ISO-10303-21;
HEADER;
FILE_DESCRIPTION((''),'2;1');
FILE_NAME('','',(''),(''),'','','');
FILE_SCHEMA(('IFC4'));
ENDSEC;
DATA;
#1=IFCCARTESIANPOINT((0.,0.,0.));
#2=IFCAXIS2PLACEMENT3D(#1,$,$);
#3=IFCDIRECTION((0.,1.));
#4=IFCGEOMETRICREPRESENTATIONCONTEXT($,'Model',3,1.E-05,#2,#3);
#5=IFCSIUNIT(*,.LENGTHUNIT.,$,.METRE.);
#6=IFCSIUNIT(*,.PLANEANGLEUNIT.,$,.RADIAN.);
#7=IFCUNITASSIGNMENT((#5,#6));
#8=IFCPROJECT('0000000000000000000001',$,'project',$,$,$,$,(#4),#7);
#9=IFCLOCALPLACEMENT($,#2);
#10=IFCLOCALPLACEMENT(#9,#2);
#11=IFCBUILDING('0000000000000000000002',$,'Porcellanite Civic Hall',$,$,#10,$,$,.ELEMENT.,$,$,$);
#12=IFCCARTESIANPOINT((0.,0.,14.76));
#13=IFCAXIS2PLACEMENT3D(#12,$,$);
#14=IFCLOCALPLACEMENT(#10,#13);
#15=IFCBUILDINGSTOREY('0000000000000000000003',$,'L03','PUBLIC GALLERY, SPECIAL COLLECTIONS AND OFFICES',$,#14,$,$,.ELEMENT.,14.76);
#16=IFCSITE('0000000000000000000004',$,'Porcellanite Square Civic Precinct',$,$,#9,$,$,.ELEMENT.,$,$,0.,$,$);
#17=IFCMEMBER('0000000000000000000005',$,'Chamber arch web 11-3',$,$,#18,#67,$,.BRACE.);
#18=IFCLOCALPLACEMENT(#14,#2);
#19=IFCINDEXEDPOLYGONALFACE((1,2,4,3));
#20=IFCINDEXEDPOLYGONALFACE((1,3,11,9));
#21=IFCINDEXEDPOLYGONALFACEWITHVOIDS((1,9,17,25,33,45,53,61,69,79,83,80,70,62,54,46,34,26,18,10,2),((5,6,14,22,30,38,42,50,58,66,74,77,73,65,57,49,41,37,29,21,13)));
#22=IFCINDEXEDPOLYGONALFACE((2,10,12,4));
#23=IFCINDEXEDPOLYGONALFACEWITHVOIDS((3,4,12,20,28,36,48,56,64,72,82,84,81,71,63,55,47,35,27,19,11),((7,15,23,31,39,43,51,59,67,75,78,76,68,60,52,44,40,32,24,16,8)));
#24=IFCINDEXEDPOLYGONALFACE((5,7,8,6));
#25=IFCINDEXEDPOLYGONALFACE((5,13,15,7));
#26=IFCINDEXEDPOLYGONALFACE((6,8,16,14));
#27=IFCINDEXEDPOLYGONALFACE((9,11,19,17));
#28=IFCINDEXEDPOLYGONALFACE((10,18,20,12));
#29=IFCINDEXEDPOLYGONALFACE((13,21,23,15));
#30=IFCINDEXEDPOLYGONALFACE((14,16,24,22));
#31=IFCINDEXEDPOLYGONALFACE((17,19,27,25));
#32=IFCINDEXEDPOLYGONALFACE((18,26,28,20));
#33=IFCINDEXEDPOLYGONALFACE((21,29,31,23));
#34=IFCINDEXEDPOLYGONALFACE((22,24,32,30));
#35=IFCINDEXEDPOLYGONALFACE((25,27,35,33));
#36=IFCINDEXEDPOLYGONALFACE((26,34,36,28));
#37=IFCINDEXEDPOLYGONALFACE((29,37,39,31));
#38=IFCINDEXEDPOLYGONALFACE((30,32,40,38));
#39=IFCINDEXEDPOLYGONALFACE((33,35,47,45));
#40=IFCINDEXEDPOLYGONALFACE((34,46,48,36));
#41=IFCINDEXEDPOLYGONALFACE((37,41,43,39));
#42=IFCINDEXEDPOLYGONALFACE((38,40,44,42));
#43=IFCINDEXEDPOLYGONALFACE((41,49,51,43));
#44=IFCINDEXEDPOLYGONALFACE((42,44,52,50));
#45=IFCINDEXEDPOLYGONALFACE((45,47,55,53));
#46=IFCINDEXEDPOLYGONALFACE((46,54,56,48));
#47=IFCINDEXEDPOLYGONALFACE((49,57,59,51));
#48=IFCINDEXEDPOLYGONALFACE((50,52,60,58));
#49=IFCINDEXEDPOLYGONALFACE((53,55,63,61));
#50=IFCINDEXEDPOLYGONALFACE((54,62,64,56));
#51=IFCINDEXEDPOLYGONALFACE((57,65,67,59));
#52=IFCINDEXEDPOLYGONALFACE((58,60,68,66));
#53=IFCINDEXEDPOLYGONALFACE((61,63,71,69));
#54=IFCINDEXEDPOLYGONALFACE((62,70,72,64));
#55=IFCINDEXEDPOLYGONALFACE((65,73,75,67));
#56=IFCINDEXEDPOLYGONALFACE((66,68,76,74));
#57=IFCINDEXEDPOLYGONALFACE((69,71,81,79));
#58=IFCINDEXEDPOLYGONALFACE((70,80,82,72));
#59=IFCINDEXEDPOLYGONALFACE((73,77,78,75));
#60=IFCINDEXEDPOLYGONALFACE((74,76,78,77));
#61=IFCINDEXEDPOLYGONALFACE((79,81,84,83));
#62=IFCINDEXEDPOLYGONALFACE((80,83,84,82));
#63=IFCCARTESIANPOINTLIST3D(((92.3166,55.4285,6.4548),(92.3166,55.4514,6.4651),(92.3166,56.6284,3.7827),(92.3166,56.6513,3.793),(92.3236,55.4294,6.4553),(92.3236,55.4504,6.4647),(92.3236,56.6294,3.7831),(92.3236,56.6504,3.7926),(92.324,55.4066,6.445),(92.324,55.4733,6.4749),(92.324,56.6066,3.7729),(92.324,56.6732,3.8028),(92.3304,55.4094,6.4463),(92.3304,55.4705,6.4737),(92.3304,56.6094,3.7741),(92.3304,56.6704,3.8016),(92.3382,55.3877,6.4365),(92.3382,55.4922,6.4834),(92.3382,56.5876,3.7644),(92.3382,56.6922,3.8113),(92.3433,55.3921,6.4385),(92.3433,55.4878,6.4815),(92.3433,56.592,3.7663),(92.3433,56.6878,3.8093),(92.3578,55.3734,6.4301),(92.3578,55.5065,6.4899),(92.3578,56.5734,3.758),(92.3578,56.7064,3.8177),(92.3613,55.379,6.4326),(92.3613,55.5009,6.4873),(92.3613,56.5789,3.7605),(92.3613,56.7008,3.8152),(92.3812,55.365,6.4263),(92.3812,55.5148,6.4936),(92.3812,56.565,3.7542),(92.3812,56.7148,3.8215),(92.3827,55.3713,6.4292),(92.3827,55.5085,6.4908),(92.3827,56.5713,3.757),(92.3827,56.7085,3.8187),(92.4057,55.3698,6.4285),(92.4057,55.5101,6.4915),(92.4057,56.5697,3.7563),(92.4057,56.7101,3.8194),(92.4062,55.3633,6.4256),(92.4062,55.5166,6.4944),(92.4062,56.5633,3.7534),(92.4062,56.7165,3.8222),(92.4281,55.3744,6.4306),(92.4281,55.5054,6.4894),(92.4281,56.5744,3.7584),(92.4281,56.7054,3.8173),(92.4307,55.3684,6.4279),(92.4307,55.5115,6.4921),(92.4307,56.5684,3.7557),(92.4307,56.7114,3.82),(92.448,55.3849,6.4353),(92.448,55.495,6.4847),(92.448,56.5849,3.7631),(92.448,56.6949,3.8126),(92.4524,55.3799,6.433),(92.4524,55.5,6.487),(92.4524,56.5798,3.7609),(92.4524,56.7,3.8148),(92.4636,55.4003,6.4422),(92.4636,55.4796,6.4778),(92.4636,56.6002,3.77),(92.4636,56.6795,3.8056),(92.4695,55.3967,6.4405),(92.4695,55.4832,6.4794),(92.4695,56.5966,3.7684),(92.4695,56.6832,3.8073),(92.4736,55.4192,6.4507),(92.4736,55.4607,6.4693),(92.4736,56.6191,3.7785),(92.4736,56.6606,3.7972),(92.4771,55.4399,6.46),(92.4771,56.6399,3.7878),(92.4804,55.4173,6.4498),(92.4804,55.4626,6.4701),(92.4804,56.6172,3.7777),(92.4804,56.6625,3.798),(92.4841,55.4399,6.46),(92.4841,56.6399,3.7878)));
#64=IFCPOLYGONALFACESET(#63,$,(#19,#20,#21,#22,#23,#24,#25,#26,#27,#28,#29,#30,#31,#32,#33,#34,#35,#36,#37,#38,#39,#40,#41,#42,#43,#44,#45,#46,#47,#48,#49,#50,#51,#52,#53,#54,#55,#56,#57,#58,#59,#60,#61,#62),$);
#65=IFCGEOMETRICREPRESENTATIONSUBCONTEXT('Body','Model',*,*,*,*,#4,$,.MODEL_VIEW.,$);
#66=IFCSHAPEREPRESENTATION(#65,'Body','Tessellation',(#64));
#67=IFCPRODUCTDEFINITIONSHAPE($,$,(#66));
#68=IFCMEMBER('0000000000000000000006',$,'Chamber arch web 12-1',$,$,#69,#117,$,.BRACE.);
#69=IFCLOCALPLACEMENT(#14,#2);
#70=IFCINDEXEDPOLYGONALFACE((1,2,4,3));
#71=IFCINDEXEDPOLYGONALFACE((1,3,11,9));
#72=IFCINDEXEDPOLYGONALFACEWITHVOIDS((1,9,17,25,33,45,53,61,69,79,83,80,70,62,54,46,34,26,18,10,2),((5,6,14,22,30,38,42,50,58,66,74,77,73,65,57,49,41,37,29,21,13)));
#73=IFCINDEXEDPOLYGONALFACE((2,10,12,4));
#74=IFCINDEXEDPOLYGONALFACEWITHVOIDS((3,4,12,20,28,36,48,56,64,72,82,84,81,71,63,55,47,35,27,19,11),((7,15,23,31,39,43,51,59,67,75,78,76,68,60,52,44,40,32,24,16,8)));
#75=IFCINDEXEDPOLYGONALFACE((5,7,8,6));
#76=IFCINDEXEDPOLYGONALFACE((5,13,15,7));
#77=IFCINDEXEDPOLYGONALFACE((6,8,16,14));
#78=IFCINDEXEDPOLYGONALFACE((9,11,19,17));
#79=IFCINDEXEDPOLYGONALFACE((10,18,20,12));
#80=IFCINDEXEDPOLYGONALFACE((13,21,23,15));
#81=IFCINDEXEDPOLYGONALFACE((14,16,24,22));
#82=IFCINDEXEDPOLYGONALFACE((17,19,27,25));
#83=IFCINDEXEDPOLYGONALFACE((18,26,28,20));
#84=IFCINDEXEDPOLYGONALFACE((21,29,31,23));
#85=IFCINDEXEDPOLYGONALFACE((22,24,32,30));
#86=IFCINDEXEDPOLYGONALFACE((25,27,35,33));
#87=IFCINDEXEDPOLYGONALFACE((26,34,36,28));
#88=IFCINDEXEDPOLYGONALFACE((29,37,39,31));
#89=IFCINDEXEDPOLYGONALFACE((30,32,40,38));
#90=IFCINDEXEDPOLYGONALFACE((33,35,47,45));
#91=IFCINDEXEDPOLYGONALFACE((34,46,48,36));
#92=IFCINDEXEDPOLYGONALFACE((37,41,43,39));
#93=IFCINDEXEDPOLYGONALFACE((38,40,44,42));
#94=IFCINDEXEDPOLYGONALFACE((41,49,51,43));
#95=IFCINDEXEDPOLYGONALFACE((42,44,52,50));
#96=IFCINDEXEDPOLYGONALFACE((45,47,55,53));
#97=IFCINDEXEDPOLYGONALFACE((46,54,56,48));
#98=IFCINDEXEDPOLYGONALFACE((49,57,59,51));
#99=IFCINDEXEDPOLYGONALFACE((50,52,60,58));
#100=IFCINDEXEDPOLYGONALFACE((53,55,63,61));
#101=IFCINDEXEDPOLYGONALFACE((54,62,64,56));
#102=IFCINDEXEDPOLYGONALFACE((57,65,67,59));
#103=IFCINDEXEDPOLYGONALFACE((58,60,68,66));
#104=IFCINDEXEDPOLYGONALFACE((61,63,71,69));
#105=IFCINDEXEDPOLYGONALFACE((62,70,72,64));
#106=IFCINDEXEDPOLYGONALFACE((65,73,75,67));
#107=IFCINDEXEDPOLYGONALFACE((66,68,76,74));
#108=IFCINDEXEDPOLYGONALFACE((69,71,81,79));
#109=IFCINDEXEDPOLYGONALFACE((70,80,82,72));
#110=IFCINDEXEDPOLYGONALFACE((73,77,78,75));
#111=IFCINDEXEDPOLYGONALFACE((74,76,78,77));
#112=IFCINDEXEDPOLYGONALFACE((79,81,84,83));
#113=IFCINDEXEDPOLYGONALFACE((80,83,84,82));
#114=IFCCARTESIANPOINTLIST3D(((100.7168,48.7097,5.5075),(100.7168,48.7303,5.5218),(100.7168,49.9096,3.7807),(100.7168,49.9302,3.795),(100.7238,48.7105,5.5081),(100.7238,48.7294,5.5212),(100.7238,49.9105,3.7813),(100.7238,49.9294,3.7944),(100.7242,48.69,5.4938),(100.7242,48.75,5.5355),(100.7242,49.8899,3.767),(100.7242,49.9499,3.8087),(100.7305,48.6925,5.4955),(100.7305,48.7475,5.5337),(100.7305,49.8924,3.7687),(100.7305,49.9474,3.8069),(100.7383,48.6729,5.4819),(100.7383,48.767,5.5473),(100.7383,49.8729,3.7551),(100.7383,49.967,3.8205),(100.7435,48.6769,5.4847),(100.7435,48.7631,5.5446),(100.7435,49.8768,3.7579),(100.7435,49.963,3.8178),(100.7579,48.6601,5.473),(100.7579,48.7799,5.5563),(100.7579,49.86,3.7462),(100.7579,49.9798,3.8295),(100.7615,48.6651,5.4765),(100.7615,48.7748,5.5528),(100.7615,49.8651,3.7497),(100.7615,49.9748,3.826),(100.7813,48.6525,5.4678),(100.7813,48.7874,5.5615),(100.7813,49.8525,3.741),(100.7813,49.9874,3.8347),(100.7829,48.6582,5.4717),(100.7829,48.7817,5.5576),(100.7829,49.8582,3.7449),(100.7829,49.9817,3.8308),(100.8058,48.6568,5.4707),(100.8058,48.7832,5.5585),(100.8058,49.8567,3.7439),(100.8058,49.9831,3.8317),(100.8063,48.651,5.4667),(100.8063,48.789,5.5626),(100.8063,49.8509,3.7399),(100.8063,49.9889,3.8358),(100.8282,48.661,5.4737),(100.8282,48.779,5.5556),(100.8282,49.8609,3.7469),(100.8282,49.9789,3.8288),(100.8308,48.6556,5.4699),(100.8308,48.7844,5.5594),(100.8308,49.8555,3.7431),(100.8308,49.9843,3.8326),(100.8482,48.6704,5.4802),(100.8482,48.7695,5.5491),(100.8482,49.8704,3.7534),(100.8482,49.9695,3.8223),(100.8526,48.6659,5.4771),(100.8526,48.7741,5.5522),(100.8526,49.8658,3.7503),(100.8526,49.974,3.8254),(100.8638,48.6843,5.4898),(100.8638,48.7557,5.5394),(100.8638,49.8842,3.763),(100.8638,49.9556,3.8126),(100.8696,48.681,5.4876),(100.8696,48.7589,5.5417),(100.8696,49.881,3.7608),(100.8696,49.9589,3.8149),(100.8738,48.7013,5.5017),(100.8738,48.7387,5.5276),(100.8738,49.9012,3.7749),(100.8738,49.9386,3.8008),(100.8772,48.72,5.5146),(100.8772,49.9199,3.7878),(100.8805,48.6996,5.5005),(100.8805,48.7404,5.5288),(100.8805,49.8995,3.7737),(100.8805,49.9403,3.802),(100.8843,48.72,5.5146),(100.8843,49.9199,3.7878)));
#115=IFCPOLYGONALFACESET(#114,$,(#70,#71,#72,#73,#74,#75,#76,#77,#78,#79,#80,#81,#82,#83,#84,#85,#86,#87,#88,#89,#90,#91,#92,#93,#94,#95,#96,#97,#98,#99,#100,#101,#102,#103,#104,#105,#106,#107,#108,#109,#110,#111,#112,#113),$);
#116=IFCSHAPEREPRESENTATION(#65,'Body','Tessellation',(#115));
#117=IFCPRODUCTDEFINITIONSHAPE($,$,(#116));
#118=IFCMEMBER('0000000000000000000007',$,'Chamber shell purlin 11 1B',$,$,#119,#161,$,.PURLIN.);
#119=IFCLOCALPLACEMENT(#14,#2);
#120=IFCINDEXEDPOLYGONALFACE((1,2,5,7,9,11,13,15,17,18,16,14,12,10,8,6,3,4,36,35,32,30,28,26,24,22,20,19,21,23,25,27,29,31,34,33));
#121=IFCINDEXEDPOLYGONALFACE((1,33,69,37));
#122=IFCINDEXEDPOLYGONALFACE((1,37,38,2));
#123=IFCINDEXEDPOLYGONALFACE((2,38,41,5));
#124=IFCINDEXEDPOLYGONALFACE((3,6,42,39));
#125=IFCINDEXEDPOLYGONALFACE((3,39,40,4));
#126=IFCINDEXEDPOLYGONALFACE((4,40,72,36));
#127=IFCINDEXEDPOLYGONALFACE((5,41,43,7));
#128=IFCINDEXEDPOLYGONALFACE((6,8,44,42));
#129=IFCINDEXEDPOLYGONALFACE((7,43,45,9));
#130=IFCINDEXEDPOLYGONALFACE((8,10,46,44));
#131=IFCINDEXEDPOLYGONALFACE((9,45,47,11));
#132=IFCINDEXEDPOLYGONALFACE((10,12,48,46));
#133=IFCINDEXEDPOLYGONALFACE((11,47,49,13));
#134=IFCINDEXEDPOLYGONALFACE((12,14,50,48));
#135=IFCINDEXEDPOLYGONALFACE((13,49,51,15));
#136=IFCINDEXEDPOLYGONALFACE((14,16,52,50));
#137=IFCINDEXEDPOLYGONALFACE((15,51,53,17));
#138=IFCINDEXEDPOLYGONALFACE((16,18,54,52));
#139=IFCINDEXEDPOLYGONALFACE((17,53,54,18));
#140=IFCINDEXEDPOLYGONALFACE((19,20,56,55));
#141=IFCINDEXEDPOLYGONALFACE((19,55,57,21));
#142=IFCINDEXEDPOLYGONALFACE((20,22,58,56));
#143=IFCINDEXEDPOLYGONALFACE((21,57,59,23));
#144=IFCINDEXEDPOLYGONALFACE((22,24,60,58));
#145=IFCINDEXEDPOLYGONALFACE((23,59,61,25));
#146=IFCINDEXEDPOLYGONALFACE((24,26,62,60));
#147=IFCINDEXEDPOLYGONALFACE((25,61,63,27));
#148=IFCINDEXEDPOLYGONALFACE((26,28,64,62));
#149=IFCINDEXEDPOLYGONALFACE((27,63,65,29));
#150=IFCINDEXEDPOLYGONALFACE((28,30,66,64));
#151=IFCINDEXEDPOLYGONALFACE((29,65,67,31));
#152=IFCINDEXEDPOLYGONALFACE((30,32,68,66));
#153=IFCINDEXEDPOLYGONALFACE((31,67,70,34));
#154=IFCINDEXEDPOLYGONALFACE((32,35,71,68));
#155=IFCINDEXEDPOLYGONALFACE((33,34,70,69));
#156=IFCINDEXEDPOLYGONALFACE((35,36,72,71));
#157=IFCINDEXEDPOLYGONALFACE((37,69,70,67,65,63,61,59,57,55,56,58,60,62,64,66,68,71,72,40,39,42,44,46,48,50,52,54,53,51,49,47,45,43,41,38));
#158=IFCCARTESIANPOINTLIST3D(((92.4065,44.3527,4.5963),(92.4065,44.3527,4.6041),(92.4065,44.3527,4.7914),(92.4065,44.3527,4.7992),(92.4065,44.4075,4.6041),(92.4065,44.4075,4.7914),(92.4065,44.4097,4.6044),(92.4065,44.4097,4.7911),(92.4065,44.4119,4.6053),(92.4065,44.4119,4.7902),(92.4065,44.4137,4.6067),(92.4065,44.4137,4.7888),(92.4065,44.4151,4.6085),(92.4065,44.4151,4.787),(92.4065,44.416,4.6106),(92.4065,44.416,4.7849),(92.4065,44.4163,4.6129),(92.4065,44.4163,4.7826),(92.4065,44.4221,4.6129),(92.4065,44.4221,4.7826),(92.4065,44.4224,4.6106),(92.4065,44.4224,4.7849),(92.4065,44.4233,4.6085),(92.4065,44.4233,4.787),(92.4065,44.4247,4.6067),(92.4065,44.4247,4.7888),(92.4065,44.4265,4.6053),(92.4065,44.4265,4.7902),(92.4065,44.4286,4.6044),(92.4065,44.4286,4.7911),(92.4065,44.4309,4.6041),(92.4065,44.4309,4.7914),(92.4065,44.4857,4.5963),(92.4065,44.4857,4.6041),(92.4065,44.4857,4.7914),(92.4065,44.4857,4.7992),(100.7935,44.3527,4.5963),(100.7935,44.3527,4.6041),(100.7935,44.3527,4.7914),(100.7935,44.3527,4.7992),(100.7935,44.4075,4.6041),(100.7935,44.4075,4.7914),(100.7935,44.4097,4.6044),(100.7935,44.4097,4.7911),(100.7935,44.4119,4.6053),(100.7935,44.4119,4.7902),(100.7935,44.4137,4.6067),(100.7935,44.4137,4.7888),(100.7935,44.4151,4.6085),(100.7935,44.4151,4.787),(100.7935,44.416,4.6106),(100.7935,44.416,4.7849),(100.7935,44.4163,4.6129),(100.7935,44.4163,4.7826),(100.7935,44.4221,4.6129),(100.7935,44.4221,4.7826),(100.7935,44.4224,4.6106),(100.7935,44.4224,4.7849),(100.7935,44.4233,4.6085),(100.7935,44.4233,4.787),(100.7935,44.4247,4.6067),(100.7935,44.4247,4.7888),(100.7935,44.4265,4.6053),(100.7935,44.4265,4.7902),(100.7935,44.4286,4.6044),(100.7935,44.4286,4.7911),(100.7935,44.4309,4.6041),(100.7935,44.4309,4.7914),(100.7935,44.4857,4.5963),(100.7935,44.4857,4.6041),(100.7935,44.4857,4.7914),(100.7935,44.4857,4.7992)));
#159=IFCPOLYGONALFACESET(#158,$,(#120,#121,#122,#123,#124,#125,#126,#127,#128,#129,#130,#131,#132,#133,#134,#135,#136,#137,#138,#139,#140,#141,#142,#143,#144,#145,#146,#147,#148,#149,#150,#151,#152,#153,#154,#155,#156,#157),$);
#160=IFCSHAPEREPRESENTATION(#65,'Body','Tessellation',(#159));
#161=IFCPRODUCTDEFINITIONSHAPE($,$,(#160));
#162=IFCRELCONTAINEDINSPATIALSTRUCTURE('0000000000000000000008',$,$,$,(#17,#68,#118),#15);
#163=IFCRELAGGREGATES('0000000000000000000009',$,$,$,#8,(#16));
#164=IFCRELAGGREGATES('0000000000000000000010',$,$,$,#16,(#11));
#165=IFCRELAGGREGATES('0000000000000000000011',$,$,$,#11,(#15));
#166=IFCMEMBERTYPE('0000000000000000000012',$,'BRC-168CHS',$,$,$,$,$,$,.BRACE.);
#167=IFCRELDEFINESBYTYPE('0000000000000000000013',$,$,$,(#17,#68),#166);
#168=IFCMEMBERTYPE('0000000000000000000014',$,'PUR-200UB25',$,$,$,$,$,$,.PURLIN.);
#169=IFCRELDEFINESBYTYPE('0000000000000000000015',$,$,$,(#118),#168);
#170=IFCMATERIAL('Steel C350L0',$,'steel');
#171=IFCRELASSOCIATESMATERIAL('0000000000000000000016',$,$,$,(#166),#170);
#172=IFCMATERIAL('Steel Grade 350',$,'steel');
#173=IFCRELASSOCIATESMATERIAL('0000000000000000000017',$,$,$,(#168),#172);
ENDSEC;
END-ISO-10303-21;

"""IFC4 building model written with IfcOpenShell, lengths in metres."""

from ifc_helpers import new_model, si_unit, direction, frame, origin, origin_2d, place, context, subcontext, project, spatial, hollow_circle, i_section, extrude, material, material_profile, profile_set, type_object, element, save


model = new_model("IFC4")

# Units and contexts
model_context = context("Model", 3, precision=1e-05, world=origin(), true_north=direction((0.0, 1.0)))
body_context = subcontext(model_context, "Body", "Model", "MODEL_VIEW")
ifc_project = project(units=[si_unit("LENGTHUNIT", "METRE"), si_unit("PLANEANGLEUNIT", "RADIAN")], contexts=[model_context])

# Site, building, storey
site_placement = place(None, origin())
site = spatial("IfcSite", under=ifc_project, at=site_placement, Name="Porcellanite Square Civic Precinct", CompositionType="ELEMENT", RefElevation=0.0)
building_placement = place(site_placement, origin())
building = spatial("IfcBuilding", under=site, at=building_placement, Name="Porcellanite Civic Hall", CompositionType="ELEMENT")
storey_placement = place(building_placement, frame((0.0, 0.0, 14.76)))
storey = spatial("IfcBuildingStorey", under=building, at=storey_placement, Name="L03", Description="PUBLIC GALLERY, SPECIAL COLLECTIONS AND OFFICES", CompositionType="ELEMENT", Elevation=14.76)

# Members
ifc_material_1 = material(Name="Steel C350L0", Category="steel")
ifc_material_profile_1 = material_profile(ifc_material_1, hollow_circle(Radius=0.0842, WallThickness=0.0071, at=origin_2d()), Name="168.3x7.1CHS")
ifc_profile_set_1 = profile_set([ifc_material_profile_1], Name="Steel C350L0")
member_type_1 = type_object("IfcMemberType", Name="BRC-168CHS", PredefinedType="BRACE", material=ifc_profile_set_1)
member_1_placement = place(storey_placement, frame((92.3999, 56.6399, 3.7878), z_axis=(0.0, -0.409654, 0.912241), x_axis=(1.0, 0.0, 0.0)))
element("IfcMember", 1, at=member_1_placement, inside=storey, type_object=member_type_1, Name="Chamber arch web 11-3", PredefinedType="BRACE", context=body_context, shape_type="SweptSolid", body=[
    extrude(hollow_circle(Radius=0.0842, WallThickness=0.0071, at=origin_2d()), origin(), (0.0, 0.0, 1.0), 2.9292),
])
member_2_placement = place(storey_placement, frame((100.8, 49.9199, 3.7878), z_axis=(0.0, -0.570646, 0.821196), x_axis=(1.0, 0.0, 0.0)))
element("IfcMember", 2, at=member_2_placement, inside=storey, type_object=member_type_1, Name="Chamber arch web 12-1", PredefinedType="BRACE", context=body_context, shape_type="SweptSolid", body=[
    extrude(hollow_circle(Radius=0.0842, WallThickness=0.0071, at=origin_2d()), origin(), (0.0, 0.0, 1.0), 2.1028),
])
ifc_material_2 = material(Name="Steel Grade 350", Category="steel")
ifc_material_profile_2 = material_profile(ifc_material_2, i_section(OverallWidth=0.1331, OverallDepth=0.2029, WebThickness=0.0059, FlangeThickness=0.0078, FilletRadius=0.0088, at=origin_2d()), Name="200UB25.4")
ifc_profile_set_2 = profile_set([ifc_material_profile_2], Name="Steel Grade 350")
member_type_2 = type_object("IfcMemberType", Name="PUR-200UB25", PredefinedType="PURLIN", material=ifc_profile_set_2)
for number, where, z_axis, x_axis, name in (
    (3, (92.4065, 44.4192, 4.6978), (1.0, 0.0, 0.0), (0.0, 1.0, 0.0), "Chamber shell purlin 11 1B"),
):
    element("IfcMember", number, at=place(storey_placement, frame(where, z_axis=z_axis, x_axis=x_axis)), inside=storey, type_object=member_type_2, Name=name, PredefinedType="PURLIN", context=body_context, shape_type="SweptSolid", body=[
        extrude(i_section(OverallWidth=0.1331, OverallDepth=0.2029, WebThickness=0.0059, FlangeThickness=0.0078, FilletRadius=0.0088, at=origin_2d()), origin(), (0.0, 0.0, 1.0), 8.387),
    ])

save(model, "model.ifc")
